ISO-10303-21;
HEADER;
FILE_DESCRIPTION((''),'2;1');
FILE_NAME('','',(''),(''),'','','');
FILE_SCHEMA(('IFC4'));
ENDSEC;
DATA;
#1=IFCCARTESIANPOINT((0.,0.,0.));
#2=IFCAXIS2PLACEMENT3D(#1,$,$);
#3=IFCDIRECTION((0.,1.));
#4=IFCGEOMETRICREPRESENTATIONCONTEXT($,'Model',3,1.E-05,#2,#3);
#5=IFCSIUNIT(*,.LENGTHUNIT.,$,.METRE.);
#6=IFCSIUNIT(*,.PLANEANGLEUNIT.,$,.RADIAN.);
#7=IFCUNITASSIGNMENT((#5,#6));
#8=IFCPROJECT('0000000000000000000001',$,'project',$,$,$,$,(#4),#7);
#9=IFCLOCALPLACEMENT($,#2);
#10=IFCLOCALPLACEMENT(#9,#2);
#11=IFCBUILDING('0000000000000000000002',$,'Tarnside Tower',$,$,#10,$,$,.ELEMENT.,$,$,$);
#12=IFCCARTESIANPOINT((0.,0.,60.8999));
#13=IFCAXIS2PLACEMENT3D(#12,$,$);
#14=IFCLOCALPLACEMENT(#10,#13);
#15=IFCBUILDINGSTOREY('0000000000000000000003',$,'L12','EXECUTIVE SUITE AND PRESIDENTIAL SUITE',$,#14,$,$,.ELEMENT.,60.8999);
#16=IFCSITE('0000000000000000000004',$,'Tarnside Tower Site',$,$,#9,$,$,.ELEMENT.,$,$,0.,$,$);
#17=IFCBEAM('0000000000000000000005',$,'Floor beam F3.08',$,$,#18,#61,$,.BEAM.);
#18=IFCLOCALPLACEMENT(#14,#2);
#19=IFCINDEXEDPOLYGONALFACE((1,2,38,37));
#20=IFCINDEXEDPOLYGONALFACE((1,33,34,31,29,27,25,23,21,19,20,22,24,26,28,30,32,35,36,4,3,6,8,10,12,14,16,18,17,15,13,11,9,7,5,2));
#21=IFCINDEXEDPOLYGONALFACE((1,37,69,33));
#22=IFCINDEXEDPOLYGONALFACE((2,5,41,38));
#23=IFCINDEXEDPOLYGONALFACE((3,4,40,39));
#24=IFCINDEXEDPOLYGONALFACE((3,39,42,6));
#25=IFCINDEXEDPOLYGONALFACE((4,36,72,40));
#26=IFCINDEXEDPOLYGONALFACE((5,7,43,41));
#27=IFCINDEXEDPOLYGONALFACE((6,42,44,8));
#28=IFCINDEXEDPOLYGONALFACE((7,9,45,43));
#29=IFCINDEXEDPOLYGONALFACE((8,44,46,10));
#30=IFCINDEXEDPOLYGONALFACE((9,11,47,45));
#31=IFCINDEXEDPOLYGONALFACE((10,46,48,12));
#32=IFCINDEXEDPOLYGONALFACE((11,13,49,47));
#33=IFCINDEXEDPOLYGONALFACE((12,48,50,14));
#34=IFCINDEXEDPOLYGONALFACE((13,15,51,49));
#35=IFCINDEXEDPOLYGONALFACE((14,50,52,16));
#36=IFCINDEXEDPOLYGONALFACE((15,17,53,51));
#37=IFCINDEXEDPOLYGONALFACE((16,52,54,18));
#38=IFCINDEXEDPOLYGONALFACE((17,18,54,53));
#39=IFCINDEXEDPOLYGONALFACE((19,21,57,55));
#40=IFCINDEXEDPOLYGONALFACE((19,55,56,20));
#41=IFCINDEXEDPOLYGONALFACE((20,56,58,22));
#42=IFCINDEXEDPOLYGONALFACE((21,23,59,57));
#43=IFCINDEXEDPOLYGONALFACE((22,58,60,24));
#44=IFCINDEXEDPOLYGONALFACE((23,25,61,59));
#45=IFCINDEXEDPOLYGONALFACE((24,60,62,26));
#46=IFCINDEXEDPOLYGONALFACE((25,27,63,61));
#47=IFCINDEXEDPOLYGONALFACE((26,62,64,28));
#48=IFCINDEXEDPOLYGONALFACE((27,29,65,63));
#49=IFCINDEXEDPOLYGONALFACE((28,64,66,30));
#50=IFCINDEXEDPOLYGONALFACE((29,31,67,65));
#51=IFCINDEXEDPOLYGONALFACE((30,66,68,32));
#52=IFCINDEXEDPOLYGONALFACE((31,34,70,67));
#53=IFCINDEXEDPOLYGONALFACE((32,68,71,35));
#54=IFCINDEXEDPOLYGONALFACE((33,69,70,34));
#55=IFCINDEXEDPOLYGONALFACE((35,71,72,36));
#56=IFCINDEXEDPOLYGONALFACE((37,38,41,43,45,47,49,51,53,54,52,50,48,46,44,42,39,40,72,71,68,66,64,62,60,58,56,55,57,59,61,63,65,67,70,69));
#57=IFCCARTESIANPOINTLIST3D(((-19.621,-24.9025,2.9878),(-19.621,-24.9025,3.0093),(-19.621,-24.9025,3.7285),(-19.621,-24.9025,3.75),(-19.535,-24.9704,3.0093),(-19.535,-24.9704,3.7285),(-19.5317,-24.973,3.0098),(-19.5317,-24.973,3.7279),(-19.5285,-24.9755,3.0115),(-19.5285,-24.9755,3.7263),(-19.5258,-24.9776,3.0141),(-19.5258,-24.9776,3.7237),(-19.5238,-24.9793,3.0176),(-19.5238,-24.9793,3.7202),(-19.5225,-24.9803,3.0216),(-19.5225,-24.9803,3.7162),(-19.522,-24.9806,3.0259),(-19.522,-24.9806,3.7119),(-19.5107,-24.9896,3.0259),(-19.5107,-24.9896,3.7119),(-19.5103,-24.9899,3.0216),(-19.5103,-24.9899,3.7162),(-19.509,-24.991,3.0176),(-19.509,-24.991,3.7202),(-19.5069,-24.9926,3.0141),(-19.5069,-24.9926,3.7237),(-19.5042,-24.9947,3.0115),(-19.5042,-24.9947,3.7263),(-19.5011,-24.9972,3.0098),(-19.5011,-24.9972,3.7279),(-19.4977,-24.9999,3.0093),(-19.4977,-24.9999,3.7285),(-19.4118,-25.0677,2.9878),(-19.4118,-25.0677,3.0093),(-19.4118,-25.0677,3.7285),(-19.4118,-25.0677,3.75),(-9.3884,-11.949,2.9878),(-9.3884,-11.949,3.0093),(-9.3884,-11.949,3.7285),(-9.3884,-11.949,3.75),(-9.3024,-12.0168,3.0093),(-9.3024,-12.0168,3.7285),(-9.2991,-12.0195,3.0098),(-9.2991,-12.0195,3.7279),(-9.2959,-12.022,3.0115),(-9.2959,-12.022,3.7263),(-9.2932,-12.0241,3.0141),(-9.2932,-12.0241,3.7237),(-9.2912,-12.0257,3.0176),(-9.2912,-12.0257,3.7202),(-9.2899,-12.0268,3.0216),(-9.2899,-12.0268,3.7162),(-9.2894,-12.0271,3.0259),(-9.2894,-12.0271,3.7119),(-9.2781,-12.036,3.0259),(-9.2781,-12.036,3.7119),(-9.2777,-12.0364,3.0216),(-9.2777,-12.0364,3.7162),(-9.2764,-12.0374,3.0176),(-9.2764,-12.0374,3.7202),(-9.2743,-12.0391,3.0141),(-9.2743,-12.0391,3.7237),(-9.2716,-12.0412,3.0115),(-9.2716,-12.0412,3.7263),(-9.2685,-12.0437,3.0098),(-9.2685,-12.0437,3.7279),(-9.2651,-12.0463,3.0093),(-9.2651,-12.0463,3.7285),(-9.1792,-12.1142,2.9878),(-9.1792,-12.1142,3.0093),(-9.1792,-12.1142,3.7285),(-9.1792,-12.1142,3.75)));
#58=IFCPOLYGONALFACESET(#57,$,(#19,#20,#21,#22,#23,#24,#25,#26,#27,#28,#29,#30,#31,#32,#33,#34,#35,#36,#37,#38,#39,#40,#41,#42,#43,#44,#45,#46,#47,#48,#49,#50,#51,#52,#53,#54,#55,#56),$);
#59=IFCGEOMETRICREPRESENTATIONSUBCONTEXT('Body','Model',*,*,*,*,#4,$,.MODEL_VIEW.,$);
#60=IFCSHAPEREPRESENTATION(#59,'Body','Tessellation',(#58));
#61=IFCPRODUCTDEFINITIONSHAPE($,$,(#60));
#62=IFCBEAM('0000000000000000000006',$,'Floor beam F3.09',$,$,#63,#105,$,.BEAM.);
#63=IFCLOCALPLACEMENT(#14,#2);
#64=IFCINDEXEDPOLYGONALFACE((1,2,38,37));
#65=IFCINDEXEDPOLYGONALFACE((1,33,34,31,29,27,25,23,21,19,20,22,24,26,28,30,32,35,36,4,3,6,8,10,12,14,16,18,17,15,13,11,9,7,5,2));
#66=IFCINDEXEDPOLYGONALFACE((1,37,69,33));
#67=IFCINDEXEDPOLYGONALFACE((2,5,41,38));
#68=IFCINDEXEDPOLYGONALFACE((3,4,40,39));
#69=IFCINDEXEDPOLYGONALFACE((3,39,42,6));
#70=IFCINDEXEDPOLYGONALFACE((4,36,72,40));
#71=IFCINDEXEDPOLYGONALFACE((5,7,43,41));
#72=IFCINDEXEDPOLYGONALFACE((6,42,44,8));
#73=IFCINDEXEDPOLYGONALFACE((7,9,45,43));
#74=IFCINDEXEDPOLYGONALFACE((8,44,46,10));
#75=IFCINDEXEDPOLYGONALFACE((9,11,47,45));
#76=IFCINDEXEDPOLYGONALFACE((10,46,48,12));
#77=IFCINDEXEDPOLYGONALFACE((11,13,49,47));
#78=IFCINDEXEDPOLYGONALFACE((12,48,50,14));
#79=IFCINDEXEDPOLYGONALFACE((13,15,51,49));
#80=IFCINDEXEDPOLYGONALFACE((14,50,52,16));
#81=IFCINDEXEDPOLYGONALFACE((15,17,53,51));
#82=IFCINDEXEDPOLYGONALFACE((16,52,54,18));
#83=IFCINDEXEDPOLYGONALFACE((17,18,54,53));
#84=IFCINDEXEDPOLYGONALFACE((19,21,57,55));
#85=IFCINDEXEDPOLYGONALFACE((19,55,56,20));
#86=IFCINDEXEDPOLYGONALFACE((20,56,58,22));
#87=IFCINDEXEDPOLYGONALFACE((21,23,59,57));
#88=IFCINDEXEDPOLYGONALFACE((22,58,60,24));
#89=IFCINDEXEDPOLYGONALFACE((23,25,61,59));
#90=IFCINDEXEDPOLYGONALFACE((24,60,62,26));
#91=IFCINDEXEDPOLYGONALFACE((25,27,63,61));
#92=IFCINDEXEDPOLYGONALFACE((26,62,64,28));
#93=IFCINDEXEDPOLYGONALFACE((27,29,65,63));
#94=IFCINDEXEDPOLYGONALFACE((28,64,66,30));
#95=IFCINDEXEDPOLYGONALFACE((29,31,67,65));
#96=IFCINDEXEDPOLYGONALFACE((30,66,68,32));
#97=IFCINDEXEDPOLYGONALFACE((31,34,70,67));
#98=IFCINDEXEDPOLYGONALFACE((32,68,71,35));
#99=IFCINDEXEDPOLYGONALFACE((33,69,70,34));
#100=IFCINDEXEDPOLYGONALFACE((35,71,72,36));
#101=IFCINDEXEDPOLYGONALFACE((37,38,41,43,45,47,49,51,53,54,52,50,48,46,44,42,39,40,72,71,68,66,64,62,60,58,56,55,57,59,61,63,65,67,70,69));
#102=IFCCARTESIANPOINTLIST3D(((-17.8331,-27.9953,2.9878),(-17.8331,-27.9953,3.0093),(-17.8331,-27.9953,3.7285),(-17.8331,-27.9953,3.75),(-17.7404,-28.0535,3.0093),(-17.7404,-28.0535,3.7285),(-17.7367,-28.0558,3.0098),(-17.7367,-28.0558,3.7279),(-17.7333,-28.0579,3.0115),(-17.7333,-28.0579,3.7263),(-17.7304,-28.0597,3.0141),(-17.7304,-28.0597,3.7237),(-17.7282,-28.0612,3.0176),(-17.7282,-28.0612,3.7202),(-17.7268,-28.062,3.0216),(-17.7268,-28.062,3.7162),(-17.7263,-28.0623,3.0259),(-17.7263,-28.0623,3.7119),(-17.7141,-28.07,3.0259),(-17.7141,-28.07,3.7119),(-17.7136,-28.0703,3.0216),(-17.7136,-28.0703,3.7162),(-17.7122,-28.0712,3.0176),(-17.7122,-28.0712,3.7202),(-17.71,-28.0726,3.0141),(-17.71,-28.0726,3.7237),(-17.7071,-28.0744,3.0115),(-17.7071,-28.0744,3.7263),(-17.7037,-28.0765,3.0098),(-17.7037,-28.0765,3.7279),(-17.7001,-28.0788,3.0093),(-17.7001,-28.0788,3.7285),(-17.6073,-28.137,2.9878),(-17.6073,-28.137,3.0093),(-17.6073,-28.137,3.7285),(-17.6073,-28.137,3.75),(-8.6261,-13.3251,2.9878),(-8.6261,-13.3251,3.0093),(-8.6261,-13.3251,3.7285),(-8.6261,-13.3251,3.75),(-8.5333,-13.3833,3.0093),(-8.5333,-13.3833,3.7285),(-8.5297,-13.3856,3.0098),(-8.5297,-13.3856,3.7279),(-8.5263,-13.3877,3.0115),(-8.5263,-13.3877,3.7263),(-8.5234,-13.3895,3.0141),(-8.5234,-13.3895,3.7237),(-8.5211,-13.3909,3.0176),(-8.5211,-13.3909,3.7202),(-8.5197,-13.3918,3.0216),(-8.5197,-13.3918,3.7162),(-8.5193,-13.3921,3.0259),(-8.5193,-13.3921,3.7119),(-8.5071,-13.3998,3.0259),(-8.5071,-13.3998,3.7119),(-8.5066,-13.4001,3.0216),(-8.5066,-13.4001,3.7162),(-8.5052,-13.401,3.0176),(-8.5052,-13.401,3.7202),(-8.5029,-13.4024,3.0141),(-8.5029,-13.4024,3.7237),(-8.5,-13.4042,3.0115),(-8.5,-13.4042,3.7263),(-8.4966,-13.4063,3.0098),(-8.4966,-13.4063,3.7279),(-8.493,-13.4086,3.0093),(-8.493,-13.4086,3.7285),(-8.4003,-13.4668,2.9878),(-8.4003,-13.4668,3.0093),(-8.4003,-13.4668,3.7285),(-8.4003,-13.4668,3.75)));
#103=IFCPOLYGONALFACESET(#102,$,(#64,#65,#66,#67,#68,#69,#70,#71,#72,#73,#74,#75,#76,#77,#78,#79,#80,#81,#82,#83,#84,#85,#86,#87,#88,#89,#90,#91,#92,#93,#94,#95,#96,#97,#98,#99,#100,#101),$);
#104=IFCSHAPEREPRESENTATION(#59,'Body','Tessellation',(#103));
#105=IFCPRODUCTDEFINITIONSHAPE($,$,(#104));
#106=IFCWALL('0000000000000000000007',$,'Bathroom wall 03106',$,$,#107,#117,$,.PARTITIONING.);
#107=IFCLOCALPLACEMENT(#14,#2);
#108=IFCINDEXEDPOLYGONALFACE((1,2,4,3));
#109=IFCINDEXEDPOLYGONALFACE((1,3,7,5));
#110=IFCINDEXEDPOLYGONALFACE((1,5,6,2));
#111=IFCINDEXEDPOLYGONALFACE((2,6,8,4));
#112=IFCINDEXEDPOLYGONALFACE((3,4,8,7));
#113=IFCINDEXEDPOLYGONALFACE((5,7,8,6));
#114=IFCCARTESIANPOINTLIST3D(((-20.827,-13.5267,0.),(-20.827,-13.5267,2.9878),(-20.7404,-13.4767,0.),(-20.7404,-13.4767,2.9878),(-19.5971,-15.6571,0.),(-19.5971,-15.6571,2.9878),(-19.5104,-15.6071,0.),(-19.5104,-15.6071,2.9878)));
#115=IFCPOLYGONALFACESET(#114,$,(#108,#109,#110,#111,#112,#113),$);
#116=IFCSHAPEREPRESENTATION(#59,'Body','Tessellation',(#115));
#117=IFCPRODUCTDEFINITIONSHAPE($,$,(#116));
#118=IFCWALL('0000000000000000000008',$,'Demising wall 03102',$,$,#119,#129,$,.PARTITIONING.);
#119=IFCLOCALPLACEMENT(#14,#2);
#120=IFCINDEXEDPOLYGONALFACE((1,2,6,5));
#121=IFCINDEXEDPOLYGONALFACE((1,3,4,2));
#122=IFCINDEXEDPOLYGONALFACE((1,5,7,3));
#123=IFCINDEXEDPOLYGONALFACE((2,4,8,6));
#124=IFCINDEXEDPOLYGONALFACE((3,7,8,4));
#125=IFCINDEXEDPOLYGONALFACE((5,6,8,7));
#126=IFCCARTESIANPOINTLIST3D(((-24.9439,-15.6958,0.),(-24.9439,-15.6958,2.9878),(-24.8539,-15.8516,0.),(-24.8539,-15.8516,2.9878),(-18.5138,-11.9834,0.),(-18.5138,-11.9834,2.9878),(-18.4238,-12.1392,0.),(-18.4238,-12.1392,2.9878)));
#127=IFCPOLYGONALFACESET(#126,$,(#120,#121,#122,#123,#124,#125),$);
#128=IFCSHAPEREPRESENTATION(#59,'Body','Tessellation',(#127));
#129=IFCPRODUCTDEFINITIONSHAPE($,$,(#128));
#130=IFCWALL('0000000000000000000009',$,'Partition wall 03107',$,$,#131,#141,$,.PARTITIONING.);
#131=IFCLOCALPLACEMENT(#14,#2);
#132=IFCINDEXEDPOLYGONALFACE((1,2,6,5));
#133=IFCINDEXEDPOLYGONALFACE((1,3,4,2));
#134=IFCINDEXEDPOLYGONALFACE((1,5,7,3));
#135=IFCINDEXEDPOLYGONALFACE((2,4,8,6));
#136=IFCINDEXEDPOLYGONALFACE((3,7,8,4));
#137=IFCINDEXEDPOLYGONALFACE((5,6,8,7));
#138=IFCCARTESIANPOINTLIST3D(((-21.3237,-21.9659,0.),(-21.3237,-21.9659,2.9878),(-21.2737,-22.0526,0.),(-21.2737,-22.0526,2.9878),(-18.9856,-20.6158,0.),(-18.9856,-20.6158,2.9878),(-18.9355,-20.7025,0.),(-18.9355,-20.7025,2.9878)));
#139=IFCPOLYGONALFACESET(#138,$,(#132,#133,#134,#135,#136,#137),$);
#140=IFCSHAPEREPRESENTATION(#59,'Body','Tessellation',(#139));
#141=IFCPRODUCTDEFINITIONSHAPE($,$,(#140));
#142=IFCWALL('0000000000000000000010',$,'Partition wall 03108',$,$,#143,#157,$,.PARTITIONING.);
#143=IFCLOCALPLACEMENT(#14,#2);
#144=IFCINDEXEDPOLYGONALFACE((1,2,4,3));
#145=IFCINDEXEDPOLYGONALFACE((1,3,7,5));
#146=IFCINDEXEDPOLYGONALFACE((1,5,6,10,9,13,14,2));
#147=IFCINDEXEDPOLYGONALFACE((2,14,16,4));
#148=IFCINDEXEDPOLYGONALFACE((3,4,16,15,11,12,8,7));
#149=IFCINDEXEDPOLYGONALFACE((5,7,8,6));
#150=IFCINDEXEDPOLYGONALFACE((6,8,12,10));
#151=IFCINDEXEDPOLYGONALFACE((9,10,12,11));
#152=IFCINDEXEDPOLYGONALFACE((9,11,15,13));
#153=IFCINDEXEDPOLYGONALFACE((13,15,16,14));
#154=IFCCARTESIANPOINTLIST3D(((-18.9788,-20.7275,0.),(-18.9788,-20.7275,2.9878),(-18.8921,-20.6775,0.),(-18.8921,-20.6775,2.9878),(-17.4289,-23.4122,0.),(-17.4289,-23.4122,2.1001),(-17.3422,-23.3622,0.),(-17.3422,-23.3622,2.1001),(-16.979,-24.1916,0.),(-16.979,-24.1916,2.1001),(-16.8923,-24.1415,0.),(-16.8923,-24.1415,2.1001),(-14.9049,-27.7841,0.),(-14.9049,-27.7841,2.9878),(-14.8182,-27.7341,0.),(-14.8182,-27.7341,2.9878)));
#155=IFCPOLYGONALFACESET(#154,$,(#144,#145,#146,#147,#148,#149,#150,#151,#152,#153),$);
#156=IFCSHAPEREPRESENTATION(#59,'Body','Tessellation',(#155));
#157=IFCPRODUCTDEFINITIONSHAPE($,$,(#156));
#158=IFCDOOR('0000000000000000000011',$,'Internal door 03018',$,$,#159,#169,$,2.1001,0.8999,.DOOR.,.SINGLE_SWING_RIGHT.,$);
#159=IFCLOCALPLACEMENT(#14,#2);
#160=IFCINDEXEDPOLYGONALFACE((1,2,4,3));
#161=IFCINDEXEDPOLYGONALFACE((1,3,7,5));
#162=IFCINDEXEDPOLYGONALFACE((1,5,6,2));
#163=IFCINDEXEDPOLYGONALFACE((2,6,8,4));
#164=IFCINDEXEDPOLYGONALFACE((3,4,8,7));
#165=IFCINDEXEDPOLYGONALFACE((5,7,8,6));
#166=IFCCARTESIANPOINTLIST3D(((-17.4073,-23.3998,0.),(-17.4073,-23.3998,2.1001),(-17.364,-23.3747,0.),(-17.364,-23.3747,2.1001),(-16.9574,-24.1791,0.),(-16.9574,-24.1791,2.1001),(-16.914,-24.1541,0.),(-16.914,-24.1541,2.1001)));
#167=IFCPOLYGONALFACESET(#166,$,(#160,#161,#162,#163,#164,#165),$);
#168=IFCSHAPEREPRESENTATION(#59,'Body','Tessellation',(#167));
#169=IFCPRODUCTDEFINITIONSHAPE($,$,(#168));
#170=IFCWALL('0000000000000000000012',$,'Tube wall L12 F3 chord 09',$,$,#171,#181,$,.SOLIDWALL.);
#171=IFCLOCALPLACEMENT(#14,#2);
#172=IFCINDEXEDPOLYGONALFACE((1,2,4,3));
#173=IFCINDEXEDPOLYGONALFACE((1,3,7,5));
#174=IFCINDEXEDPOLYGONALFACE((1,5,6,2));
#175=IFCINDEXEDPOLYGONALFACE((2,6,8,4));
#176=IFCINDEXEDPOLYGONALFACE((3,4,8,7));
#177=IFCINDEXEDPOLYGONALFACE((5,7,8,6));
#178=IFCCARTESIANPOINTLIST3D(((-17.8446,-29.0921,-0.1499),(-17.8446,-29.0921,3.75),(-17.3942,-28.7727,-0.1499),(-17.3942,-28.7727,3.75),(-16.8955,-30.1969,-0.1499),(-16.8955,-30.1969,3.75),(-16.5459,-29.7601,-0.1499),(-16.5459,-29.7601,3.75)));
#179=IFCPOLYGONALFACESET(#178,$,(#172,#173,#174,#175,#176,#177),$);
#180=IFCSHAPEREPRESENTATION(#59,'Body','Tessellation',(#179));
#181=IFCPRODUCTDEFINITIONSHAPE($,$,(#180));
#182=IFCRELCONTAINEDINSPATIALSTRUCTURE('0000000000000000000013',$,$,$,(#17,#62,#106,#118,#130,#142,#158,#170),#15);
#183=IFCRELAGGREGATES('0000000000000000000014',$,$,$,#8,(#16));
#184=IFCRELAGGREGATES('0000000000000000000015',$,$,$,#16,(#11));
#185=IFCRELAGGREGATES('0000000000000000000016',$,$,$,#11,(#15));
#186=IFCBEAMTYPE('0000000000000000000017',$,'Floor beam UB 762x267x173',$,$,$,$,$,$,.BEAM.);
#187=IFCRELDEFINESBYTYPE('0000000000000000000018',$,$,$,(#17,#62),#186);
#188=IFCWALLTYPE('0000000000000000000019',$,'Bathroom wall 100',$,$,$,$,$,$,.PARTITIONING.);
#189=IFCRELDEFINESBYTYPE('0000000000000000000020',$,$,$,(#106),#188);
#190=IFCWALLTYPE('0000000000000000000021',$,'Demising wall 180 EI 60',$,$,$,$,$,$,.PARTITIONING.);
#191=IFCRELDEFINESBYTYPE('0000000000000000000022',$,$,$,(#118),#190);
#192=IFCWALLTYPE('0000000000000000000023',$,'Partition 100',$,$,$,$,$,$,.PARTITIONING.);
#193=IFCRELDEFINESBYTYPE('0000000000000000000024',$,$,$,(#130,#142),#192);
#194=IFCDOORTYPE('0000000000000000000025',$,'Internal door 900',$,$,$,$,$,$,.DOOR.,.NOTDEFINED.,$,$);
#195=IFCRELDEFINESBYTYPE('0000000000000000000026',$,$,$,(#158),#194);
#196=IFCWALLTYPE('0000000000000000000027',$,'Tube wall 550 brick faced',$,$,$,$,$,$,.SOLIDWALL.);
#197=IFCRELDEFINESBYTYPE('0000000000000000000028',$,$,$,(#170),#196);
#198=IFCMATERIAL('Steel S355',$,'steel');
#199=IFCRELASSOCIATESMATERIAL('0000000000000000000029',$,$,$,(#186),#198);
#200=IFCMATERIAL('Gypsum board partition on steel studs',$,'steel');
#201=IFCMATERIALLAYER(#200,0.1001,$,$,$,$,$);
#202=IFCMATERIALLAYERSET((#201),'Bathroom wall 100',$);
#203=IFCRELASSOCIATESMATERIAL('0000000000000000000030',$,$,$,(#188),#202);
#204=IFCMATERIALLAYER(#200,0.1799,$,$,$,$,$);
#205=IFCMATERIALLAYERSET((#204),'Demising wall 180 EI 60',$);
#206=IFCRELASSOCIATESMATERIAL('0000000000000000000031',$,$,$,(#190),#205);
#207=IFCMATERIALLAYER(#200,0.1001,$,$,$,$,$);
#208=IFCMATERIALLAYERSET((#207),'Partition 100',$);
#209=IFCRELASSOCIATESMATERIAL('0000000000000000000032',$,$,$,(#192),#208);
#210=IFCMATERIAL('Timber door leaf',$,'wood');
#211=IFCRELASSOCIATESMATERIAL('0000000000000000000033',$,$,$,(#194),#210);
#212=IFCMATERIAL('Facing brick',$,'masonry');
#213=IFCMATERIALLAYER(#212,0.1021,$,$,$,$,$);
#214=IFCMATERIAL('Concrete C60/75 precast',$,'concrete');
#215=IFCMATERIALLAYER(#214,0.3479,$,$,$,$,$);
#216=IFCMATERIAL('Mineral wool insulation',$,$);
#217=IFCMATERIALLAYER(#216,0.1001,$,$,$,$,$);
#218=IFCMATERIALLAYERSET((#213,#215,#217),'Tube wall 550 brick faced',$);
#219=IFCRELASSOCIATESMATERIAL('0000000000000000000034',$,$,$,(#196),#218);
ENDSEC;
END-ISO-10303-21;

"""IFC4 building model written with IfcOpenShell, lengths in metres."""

from ifc_helpers import new_model, si_unit, direction, frame, frame_2d, origin, origin_2d, place, context, subcontext, project, spatial, polyline, rectangle, i_section, outline, extrude, material, layer, layer_set, material_profile, profile_set, type_object, element, fill, save


model = new_model("IFC4")

# Units and contexts
model_context = context("Model", 3, precision=1e-05, world=origin(), true_north=direction((0.0, 1.0)))
body_context = subcontext(model_context, "Body", "Model", "MODEL_VIEW")
ifc_project = project(units=[si_unit("LENGTHUNIT", "METRE"), si_unit("PLANEANGLEUNIT", "RADIAN")], contexts=[model_context])

# Site, building, storey
site_placement = place(None, origin())
site = spatial("IfcSite", under=ifc_project, at=site_placement, Name="Tarnside Tower Site", CompositionType="ELEMENT", RefElevation=0.0)
building_placement = place(site_placement, origin())
building = spatial("IfcBuilding", under=site, at=building_placement, Name="Tarnside Tower", CompositionType="ELEMENT")
storey_placement = place(building_placement, frame((0.0, 0.0, 60.8999)))
storey = spatial("IfcBuildingStorey", under=building, at=storey_placement, Name="L12", Description="EXECUTIVE SUITE AND PRESIDENTIAL SUITE", CompositionType="ELEMENT", Elevation=60.8999)

# Beams
ifc_material_1 = material(Name="Steel S355", Category="steel")
ifc_material_profile_1 = material_profile(ifc_material_1, i_section(OverallWidth=0.2666, OverallDepth=0.7622, WebThickness=0.0144, FlangeThickness=0.0215, FilletRadius=0.0166, at=origin_2d()), Name="UB 762x267x173")
ifc_profile_set_1 = profile_set([ifc_material_profile_1], Name="Steel S355")
beam_type_1 = type_object("IfcBeamType", Name="Floor beam UB 762x267x173", PredefinedType="BEAM", material=ifc_profile_set_1)
beam_1_placement = place(storey_placement, frame((-19.5164, -24.9851, 3.3689), z_axis=(0.619873, 0.784702, 0.0), x_axis=(-0.784702, 0.619873, 0.0)))
element("IfcBeam", 1, at=beam_1_placement, inside=storey, type_object=beam_type_1, Name="Floor beam F3.08", PredefinedType="BEAM", context=body_context, shape_type="SweptSolid", body=[
    extrude(i_section(OverallWidth=0.2666, OverallDepth=0.7622, WebThickness=0.0144, FlangeThickness=0.0215, FilletRadius=0.0166, at=origin_2d()), origin(), (0.0, 0.0, 1.0), 16.5076),
])
beam_2_placement = place(storey_placement, frame((-17.7202, -28.0662, 3.3689), z_axis=(0.531583, 0.847006, 0.0), x_axis=(-0.847006, 0.531583, 0.0)))
element("IfcBeam", 2, at=beam_2_placement, inside=storey, type_object=beam_type_1, Name="Floor beam F3.09", PredefinedType="BEAM", context=body_context, shape_type="SweptSolid", body=[
    extrude(i_section(OverallWidth=0.2666, OverallDepth=0.7622, WebThickness=0.0144, FlangeThickness=0.0215, FilletRadius=0.0166, at=origin_2d()), origin(), (0.0, 0.0, 1.0), 17.3201),
])

# Walls
ifc_material_2 = material(Name="Gypsum board partition on steel studs", Category="steel")
ifc_layer_1 = layer(ifc_material_2, 0.1001)
ifc_layer_set_1 = layer_set([ifc_layer_1], Name="Bathroom wall 100")
wall_type_1 = type_object("IfcWallType", Name="Bathroom wall 100", PredefinedType="PARTITIONING", material=ifc_layer_set_1)
wall_1_placement = place(storey_placement, frame((-19.5537, -15.6321, 0.0), z_axis=(0.0, 0.0, 1.0), x_axis=(-0.500003, 0.866024, 0.0)))
element("IfcWall", 3, at=wall_1_placement, inside=storey, type_object=wall_type_1, Name="Bathroom wall 03106", PredefinedType="PARTITIONING", context=body_context, shape_type="SweptSolid", body=[
    extrude(rectangle(XDim=2.46, YDim=0.1001, at=frame_2d((1.23, 0.0))), origin(), (0.0, 0.0, 1.0), 2.9878),
])
ifc_layer_2 = layer(ifc_material_2, 0.1799)
ifc_layer_set_2 = layer_set([ifc_layer_2], Name="Demising wall 180 EI 60")
wall_type_2 = type_object("IfcWallType", Name="Demising wall 180 EI 60", PredefinedType="PARTITIONING", material=ifc_layer_set_2)
wall_2_placement = place(storey_placement, frame((-24.8989, -15.7737, 0.0), z_axis=(0.0, 0.0, 1.0), x_axis=(0.866029, 0.499994, 0.0)))
element("IfcWall", 4, at=wall_2_placement, inside=storey, type_object=wall_type_2, Name="Demising wall 03102", PredefinedType="PARTITIONING", context=body_context, shape_type="SweptSolid", body=[
    extrude(rectangle(XDim=7.4248, YDim=0.1799, at=frame_2d((3.7124, 0.0))), origin(), (0.0, 0.0, 1.0), 2.9878),
])
ifc_layer_3 = layer(ifc_material_2, 0.1001)
ifc_layer_set_3 = layer_set([ifc_layer_3], Name="Partition 100")
wall_type_3 = type_object("IfcWallType", Name="Partition 100", PredefinedType="PARTITIONING", material=ifc_layer_set_3)
wall_3_placement = place(storey_placement, frame((-21.2988, -22.0093, 0.0), z_axis=(0.0, 0.0, 1.0), x_axis=(0.865997, 0.500049, 0.0)))
element("IfcWall", 5, at=wall_3_placement, inside=storey, type_object=wall_type_3, Name="Partition wall 03107", PredefinedType="PARTITIONING", context=body_context, shape_type="SweptSolid", body=[
    extrude(rectangle(XDim=2.7, YDim=0.1001, at=frame_2d((1.3501, 0.0))), origin(), (0.0, 0.0, 1.0), 2.9878),
])

# Wall, opening, door
wall_4_placement = place(storey_placement, frame((-18.9355, -20.7024, 0.0), z_axis=(0.0, 0.0, 1.0), x_axis=(0.499984, -0.866035, 0.0)))
wall_4 = element("IfcWall", 6, at=wall_4_placement, inside=storey, type_object=wall_type_3, Name="Partition wall 03108", PredefinedType="PARTITIONING", context=body_context, shape_type="SweptSolid", body=[
    extrude(rectangle(XDim=8.1482, YDim=0.1001, at=frame_2d((4.0742, 0.0))), origin(), (0.0, 0.0, 1.0), 2.9878),
])
opening_placement = place(wall_4_placement, frame((3.1001, 0.0, 0.0)))
opening = element("IfcOpeningElement", 7, at=opening_placement, cuts=wall_4, PredefinedType="OPENING", context=body_context, shape_type="SweptSolid", body=[
    extrude(rectangle(XDim=0.8999, YDim=2.1001, at=frame_2d((0.45, 1.05))), frame((0.0, 0.0601, 0.0), z_axis=(0.0, -1.0, 0.0), x_axis=(1.0, 0.0, 0.0)), (0.0, 0.0, 1.0), 0.1201),
])
ifc_material_3 = material(Name="Timber door leaf", Category="wood")
door_type = type_object("IfcDoorType", Name="Internal door 900", OperationType="NOTDEFINED", PredefinedType="DOOR", material=ifc_material_3)
door_placement = place(opening_placement, origin())
door = element("IfcDoor", 8, at=door_placement, inside=storey, type_object=door_type, Name="Internal door 03018", OperationType="SINGLE_SWING_RIGHT", OverallHeight=2.1001, OverallWidth=0.8999, PredefinedType="DOOR", context=body_context, shape_type="SweptSolid", body=[
    extrude(rectangle(XDim=0.8999, YDim=2.1001, at=frame_2d((0.45, 1.05))), frame((0.0, 0.0249, 0.0), z_axis=(0.0, -1.0, 0.0), x_axis=(1.0, 0.0, 0.0)), (0.0, 0.0, 1.0), 0.05),
])
fill(opening, door)

# Wall
ifc_material_4 = material(Name="Facing brick", Category="masonry")
ifc_layer_4 = layer(ifc_material_4, 0.1021)
ifc_material_5 = material(Name="Concrete C60/75 precast", Category="concrete")
ifc_layer_5 = layer(ifc_material_5, 0.3479)
ifc_material_6 = material(Name="Mineral wool insulation")
ifc_layer_6 = layer(ifc_material_6, 0.1001)
ifc_layer_set_4 = layer_set([ifc_layer_4, ifc_layer_5, ifc_layer_6], Name="Tube wall 550 brick faced")
wall_type_4 = type_object("IfcWallType", Name="Tube wall 550 brick faced", PredefinedType="SOLIDWALL", material=ifc_layer_set_4)
wall_5_placement = place(storey_placement, frame((-17.6194, -28.9324, -0.1499), z_axis=(0.0, 0.0, 1.0), x_axis=(0.651622, -0.758544, 0.0)))
element("IfcWall", 9, at=wall_5_placement, inside=storey, type_object=wall_type_4, Name="Tube wall L12 F3 chord 09", PredefinedType="SOLIDWALL", context=body_context, shape_type="SweptSolid", body=[
    extrude(outline(polyline([(-0.0256, -0.2749), (1.4309, -0.2749), (1.3274, 0.2749), (0.0256, 0.2749), (-0.0256, -0.2749)])), origin(), (0.0, 0.0, 1.0), 3.8999),
])

save(model, "model.ifc")
